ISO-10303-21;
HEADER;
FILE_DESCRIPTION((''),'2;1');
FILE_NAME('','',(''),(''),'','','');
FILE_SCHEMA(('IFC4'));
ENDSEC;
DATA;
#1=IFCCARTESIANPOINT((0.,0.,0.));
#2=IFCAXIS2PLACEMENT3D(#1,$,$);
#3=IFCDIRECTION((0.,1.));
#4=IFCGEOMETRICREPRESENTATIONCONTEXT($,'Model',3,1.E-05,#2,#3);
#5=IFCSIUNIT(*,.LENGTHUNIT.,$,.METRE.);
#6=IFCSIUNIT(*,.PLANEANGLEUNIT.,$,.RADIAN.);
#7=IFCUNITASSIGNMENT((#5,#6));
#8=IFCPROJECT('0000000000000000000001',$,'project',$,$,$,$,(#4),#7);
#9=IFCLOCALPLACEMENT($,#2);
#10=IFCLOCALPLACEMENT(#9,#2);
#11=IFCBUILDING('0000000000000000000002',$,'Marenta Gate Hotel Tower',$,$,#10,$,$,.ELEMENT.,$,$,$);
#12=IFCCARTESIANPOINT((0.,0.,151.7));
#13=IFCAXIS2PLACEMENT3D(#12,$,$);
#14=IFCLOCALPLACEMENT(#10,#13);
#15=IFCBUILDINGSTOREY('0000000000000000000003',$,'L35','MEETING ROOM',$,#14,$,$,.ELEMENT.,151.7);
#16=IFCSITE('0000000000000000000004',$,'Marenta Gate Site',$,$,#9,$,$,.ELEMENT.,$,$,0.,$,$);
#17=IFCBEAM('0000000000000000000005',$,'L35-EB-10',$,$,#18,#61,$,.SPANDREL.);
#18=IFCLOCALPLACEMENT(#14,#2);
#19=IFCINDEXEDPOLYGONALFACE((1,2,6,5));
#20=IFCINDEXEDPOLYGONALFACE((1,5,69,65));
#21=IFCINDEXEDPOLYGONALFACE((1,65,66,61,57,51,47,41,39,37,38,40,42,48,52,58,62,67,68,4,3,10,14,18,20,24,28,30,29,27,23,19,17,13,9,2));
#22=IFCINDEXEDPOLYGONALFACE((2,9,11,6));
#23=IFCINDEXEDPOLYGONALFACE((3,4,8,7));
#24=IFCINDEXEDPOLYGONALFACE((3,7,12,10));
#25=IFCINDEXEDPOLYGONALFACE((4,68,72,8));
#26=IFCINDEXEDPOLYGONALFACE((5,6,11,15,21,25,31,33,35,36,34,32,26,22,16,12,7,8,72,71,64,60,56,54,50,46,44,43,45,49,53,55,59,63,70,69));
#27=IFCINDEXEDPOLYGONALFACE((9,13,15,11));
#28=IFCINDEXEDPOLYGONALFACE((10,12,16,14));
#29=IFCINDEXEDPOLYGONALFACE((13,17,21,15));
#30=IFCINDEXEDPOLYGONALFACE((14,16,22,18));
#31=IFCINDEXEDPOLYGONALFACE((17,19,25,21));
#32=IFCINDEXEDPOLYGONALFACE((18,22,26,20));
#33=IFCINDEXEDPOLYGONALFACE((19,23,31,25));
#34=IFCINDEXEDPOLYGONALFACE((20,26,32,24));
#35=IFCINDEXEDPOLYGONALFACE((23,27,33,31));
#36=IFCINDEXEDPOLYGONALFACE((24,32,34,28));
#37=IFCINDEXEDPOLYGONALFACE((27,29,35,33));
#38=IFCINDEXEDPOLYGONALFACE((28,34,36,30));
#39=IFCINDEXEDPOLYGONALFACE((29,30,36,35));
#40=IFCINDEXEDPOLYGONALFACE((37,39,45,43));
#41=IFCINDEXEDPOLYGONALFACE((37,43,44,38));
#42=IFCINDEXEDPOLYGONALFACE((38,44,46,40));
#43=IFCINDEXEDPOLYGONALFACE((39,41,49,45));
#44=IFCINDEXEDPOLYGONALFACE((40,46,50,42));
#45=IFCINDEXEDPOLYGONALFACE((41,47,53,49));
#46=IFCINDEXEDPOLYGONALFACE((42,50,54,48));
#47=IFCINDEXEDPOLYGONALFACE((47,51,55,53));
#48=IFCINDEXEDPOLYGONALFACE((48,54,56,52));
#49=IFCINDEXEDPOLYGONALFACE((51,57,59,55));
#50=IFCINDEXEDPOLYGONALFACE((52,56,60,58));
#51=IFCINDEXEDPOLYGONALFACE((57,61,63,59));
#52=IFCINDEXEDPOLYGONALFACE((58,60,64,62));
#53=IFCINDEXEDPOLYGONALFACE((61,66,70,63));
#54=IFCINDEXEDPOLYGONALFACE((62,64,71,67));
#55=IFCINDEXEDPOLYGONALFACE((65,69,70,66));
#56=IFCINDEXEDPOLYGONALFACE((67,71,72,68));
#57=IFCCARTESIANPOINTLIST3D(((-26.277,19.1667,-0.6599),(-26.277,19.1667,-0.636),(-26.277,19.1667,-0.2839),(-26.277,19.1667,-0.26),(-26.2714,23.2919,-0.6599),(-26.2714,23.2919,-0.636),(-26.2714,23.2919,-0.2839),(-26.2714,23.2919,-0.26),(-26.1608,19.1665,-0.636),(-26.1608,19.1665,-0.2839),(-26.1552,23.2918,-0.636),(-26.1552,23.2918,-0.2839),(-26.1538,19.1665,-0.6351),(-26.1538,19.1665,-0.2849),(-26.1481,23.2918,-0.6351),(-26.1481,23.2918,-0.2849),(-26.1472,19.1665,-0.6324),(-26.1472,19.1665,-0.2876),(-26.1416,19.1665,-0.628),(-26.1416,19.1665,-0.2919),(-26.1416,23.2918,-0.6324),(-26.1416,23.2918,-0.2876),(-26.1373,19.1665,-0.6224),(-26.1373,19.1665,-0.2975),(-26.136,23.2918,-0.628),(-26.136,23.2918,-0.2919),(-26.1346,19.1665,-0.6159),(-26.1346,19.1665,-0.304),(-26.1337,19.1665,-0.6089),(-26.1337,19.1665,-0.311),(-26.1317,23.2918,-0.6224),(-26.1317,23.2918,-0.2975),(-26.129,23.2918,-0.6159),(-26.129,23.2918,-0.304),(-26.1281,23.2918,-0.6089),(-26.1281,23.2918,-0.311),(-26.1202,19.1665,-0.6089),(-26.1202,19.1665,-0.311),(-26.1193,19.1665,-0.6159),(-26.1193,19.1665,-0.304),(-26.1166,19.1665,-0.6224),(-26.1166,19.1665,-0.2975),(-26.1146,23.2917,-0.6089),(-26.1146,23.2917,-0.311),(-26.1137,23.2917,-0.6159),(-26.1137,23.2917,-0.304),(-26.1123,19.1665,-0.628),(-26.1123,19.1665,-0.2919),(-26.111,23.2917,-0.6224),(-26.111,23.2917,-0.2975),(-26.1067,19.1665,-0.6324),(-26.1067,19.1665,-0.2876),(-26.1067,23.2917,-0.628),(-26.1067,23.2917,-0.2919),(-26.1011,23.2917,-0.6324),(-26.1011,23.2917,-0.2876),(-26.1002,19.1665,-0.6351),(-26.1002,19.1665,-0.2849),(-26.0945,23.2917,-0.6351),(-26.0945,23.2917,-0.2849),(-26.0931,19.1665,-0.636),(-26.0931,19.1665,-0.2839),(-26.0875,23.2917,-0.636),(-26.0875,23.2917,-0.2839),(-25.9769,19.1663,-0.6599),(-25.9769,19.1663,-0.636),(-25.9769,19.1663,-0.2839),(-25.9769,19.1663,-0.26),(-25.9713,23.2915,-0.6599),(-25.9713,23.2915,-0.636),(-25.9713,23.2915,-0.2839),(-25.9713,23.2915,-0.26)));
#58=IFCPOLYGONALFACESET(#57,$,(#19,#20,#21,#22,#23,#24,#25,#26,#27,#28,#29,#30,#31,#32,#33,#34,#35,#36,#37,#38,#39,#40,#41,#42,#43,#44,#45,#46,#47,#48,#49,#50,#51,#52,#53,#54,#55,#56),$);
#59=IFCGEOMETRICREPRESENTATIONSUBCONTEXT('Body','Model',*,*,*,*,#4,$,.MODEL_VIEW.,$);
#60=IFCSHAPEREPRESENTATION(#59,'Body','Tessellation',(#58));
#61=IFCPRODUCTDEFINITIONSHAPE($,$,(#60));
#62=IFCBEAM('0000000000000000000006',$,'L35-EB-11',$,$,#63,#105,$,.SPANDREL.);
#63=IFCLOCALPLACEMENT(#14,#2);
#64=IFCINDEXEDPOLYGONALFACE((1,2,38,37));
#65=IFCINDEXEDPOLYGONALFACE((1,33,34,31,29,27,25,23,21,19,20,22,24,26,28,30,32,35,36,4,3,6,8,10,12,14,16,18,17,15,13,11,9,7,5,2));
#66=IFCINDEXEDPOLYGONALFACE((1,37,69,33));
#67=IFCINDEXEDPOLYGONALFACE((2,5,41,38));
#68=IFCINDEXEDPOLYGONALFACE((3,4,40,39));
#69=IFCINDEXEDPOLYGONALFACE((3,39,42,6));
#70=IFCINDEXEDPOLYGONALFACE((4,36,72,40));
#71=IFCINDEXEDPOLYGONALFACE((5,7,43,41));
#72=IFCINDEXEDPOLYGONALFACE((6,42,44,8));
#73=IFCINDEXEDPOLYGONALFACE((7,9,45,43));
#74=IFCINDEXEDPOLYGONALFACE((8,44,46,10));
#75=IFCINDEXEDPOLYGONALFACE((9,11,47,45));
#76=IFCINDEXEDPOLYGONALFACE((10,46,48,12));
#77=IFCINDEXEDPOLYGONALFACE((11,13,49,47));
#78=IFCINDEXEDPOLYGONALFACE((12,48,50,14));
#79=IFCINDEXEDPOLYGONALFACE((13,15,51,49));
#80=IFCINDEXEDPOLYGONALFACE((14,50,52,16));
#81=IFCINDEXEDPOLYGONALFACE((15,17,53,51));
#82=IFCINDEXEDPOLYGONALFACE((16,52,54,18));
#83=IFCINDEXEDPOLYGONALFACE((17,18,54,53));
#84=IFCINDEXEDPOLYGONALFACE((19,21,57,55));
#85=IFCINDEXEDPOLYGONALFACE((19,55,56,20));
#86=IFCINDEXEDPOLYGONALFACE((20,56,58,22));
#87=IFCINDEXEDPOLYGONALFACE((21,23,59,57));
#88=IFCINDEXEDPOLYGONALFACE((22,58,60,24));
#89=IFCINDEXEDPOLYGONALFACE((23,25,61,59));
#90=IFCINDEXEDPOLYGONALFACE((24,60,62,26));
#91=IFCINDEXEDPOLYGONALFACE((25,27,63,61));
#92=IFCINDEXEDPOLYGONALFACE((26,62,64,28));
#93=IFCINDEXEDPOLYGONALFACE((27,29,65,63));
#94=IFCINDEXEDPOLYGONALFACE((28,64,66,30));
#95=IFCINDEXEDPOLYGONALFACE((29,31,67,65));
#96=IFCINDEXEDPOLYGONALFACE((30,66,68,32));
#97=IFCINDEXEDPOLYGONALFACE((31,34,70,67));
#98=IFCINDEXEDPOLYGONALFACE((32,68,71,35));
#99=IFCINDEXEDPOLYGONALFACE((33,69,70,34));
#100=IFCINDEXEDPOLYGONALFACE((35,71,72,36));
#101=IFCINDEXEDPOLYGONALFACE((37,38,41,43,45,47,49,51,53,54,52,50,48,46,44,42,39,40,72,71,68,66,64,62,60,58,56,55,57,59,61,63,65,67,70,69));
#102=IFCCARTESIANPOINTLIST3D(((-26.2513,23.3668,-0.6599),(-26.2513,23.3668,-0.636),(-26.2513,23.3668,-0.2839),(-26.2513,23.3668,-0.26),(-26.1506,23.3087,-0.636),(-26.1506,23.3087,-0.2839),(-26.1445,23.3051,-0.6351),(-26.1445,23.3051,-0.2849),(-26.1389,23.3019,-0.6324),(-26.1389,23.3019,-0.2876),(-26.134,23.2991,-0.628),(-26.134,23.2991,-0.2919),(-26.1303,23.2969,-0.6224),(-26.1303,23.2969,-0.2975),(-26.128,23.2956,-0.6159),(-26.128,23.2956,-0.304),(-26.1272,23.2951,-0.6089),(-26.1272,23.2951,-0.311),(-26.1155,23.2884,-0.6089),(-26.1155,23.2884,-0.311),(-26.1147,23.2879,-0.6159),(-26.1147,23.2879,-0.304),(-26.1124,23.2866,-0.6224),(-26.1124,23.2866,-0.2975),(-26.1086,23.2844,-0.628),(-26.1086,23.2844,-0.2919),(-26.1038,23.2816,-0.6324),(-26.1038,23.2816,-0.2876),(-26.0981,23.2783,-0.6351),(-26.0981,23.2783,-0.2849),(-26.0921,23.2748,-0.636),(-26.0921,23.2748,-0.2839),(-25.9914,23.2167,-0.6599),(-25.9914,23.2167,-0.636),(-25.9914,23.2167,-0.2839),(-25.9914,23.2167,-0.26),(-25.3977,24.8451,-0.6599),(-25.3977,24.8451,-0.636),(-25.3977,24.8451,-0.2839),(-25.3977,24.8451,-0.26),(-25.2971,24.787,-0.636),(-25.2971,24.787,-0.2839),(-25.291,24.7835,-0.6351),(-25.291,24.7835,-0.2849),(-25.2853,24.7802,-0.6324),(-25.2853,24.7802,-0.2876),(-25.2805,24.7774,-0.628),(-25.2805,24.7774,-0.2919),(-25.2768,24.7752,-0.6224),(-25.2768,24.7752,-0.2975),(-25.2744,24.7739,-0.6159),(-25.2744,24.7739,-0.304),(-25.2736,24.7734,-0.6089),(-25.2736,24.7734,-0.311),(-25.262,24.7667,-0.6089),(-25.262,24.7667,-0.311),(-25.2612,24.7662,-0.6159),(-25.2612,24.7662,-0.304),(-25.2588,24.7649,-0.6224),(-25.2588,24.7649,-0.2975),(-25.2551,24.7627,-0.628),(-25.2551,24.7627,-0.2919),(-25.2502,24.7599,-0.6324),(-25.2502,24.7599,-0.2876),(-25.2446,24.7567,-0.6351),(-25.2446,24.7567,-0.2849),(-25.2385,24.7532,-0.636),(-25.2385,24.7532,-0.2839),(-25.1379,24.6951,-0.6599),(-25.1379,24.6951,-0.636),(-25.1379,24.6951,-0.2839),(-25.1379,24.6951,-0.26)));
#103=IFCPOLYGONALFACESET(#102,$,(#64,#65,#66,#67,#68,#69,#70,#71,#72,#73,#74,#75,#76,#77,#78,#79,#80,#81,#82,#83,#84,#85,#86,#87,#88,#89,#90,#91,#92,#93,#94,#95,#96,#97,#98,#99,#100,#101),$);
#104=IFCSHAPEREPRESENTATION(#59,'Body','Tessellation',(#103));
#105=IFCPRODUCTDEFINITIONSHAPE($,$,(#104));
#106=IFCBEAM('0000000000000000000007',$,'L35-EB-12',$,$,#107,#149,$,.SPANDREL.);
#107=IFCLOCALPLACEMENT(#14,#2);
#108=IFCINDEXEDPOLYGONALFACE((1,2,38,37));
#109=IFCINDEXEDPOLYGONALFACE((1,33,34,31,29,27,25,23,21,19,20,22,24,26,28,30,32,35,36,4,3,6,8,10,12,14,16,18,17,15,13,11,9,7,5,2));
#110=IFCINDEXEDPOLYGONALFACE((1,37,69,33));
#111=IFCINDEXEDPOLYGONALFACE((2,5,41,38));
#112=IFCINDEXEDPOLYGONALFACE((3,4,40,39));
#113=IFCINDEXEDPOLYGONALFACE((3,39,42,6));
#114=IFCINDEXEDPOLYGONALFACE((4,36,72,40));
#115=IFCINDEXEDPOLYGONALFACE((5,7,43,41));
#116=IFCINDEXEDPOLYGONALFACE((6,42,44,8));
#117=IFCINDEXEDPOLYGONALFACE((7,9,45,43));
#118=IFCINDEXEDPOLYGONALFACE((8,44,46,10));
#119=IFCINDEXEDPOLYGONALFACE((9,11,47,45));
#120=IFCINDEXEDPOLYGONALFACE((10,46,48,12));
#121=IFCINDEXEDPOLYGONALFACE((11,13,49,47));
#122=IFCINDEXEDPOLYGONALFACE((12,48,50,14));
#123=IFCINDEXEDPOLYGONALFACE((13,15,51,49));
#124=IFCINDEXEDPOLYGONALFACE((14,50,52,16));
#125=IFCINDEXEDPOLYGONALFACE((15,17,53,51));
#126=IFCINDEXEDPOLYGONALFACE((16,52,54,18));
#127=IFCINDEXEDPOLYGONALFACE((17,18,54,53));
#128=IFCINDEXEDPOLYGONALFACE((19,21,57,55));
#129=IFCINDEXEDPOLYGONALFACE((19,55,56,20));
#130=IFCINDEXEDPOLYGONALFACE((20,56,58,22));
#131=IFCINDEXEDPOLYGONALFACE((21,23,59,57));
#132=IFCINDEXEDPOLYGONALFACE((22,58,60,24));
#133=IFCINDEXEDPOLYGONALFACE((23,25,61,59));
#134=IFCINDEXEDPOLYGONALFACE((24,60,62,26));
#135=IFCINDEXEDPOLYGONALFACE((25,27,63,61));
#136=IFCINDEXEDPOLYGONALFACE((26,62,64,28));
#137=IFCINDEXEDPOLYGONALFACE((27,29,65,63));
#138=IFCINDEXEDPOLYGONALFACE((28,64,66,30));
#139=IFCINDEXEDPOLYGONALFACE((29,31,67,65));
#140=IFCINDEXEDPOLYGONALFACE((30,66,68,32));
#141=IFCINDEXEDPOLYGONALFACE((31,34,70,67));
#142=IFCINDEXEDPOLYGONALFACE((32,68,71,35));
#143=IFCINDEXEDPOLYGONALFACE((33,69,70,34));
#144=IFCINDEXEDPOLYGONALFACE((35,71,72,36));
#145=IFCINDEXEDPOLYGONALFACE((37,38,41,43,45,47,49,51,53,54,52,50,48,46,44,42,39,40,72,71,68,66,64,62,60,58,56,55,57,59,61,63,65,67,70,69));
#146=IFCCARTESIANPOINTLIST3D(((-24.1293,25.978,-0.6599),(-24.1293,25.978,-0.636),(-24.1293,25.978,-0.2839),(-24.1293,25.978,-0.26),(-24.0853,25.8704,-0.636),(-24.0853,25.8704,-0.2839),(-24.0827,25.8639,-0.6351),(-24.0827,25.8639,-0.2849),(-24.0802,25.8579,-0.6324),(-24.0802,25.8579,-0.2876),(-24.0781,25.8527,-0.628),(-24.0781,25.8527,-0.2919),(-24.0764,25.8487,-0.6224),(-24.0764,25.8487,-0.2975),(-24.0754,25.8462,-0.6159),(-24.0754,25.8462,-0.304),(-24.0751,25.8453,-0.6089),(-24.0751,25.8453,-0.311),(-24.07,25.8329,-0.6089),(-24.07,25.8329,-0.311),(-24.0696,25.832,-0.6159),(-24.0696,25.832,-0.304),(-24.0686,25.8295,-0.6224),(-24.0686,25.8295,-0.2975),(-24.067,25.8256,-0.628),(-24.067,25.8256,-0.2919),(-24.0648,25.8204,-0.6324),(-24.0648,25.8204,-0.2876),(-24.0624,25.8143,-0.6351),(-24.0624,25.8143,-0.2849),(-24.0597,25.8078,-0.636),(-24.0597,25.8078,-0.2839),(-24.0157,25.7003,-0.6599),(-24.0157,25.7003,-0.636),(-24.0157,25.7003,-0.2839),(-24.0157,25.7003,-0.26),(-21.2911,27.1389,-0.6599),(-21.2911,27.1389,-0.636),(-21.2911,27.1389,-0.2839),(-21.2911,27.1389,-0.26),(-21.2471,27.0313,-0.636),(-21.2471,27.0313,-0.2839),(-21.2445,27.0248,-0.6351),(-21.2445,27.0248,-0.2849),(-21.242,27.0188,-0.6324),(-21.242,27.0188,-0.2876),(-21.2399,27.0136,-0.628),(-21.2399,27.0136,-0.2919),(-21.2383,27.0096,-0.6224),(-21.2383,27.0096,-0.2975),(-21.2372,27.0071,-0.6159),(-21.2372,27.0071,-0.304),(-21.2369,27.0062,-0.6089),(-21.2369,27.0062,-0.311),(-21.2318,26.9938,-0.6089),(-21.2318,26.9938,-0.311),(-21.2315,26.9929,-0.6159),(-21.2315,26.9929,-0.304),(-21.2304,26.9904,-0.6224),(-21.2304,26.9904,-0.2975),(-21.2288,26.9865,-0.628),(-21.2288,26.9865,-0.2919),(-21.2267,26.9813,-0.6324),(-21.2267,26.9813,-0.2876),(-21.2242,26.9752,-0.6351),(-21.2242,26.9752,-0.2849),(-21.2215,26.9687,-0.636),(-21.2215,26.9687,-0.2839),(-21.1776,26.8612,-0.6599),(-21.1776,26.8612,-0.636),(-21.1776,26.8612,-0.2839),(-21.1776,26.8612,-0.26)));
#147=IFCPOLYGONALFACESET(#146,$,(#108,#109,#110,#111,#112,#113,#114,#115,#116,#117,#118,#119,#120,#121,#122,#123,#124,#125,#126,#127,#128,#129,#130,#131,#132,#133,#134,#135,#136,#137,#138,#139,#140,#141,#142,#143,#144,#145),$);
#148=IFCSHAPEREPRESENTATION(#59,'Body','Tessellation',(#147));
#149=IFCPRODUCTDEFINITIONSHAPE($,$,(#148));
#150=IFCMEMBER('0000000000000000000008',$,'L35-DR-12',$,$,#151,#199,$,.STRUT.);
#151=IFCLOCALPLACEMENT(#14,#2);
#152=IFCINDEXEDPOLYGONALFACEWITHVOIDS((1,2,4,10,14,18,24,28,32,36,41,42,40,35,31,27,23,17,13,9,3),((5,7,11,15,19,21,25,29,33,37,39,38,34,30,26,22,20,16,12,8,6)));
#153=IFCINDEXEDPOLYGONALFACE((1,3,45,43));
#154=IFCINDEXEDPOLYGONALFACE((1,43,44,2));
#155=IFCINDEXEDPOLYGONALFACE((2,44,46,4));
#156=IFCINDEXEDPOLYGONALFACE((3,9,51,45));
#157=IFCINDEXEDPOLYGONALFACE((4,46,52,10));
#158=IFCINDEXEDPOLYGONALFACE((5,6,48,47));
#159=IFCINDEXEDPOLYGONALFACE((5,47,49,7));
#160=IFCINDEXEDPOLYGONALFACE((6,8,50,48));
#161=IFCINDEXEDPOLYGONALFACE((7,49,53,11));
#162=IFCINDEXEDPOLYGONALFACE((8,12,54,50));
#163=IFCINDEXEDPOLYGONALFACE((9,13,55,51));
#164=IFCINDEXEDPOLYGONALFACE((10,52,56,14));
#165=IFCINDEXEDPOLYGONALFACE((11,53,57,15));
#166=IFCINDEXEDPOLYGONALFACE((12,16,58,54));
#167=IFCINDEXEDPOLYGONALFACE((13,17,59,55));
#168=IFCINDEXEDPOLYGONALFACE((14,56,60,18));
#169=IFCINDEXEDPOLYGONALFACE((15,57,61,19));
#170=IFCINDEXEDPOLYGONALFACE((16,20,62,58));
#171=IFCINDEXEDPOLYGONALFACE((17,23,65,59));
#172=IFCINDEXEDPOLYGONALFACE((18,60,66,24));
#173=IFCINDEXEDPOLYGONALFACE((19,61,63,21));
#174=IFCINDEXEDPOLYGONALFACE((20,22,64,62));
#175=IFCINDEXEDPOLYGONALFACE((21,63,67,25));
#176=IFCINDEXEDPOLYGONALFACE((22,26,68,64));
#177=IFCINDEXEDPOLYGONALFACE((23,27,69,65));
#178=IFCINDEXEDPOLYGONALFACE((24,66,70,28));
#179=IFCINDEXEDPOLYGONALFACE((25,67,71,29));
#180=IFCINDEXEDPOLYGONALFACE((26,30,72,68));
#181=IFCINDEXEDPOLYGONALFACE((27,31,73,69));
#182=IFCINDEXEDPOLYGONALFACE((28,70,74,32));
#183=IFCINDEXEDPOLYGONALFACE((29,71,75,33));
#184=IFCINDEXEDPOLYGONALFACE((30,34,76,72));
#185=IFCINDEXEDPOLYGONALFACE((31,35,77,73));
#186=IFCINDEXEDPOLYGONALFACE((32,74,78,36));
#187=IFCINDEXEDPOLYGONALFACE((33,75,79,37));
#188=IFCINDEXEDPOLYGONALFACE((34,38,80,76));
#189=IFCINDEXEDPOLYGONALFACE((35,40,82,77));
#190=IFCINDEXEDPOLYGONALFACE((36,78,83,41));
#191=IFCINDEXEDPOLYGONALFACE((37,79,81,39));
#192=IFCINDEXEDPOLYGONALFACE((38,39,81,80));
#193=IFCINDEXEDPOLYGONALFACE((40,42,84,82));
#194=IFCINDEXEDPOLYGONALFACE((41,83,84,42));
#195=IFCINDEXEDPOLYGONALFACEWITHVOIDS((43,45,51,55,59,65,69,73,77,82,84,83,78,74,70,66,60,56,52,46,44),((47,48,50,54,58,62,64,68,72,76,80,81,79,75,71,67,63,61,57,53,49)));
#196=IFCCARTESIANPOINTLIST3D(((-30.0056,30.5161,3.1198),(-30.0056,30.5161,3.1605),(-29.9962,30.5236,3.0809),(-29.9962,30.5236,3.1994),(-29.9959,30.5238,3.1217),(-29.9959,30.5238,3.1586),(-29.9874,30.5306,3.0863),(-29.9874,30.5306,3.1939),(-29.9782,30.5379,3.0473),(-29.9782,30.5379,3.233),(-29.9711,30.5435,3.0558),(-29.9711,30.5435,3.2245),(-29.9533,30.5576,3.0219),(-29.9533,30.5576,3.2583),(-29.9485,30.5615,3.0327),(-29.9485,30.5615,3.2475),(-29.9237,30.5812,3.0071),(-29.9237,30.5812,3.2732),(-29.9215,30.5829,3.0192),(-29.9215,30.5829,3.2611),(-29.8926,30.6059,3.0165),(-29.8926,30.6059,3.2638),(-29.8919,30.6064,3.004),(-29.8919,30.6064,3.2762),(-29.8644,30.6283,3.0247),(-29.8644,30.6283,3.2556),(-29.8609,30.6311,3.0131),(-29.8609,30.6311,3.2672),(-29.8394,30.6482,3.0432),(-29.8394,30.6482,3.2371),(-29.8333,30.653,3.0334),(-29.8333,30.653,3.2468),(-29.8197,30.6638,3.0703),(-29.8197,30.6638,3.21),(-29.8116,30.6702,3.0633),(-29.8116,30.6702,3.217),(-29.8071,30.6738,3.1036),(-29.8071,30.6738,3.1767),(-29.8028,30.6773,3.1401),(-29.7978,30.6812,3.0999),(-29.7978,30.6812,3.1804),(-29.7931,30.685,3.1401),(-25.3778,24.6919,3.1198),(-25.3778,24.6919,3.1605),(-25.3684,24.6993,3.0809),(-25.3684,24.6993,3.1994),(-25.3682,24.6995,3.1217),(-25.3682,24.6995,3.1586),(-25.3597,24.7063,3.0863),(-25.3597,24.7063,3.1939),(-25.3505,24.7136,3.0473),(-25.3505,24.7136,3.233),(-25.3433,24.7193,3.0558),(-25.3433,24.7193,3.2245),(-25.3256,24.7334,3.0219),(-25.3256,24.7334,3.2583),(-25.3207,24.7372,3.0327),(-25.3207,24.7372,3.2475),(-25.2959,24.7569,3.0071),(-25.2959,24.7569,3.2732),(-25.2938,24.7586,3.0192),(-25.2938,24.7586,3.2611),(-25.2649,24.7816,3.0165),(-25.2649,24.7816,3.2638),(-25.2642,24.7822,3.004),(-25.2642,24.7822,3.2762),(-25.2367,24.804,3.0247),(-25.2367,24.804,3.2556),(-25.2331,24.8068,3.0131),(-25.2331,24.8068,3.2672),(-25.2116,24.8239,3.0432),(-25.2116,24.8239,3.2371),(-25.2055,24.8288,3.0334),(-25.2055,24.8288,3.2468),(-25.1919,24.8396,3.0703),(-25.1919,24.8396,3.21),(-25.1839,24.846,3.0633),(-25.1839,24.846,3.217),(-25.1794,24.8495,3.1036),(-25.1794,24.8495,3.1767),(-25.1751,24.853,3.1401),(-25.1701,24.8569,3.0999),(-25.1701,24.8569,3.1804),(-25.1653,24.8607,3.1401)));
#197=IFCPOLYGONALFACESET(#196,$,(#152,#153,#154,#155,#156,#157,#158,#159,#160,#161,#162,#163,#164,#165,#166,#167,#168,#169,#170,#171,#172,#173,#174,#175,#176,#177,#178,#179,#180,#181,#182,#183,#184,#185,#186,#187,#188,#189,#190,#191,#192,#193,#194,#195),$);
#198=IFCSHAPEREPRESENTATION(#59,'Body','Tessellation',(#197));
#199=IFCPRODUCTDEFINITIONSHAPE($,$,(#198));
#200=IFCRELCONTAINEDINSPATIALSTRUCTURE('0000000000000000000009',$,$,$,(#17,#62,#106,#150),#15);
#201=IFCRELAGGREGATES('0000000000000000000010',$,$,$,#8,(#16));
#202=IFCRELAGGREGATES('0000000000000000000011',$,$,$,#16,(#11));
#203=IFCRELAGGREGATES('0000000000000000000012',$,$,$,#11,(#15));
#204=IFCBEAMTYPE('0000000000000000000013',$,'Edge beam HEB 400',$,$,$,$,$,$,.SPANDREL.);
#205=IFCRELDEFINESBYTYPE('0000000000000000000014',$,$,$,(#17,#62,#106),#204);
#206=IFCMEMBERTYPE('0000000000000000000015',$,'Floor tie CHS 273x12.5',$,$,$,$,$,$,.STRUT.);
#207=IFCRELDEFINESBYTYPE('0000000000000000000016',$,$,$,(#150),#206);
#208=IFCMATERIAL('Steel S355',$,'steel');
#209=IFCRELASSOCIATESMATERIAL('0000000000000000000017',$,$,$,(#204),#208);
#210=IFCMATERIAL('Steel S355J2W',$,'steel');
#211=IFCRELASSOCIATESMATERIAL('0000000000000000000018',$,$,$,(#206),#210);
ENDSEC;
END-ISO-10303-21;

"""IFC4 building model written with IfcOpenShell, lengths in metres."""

from ifc_helpers import new_model, si_unit, direction, frame, origin, origin_2d, place, context, subcontext, project, spatial, hollow_circle, i_section, extrude, material, material_profile, profile_set, type_object, element, save


model = new_model("IFC4")

# Units and contexts
model_context = context("Model", 3, precision=1e-05, world=origin(), true_north=direction((0.0, 1.0)))
body_context = subcontext(model_context, "Body", "Model", "MODEL_VIEW")
ifc_project = project(units=[si_unit("LENGTHUNIT", "METRE"), si_unit("PLANEANGLEUNIT", "RADIAN")], contexts=[model_context])

# Site, building, storey
site_placement = place(None, origin())
site = spatial("IfcSite", under=ifc_project, at=site_placement, Name="Marenta Gate Site", CompositionType="ELEMENT", RefElevation=0.0)
building_placement = place(site_placement, origin())
building = spatial("IfcBuilding", under=site, at=building_placement, Name="Marenta Gate Hotel Tower", CompositionType="ELEMENT")
storey_placement = place(building_placement, frame((0.0, 0.0, 151.7)))
storey = spatial("IfcBuildingStorey", under=building, at=storey_placement, Name="L35", Description="MEETING ROOM", CompositionType="ELEMENT", Elevation=151.7)

# Beams
ifc_material_1 = material(Name="Steel S355", Category="steel")
ifc_material_profile_1 = material_profile(ifc_material_1, i_section(OverallWidth=0.3, OverallDepth=0.3999, WebThickness=0.0134, FlangeThickness=0.0239, FilletRadius=0.0271, at=origin_2d()), Name="HEB 400")
ifc_profile_set_1 = profile_set([ifc_material_profile_1], Name="Steel S355")
beam_type_1 = type_object("IfcBeamType", Name="Edge beam HEB 400", PredefinedType="SPANDREL", material=ifc_profile_set_1)
beam_1_placement = place(storey_placement, frame((-26.127, 19.1665, -0.46), z_axis=(0.001361, 0.999999, 0.0), x_axis=(-0.999999, 0.001361, 0.0)))
element("IfcBeam", 1, at=beam_1_placement, inside=storey, type_object=beam_type_1, Name="L35-EB-10", PredefinedType="SPANDREL", context=body_context, shape_type="SweptSolid", body=[
    extrude(i_section(OverallWidth=0.3, OverallDepth=0.3999, WebThickness=0.0134, FlangeThickness=0.0239, FilletRadius=0.0271, at=origin_2d()), origin(), (0.0, 0.0, 1.0), 4.1252),
])
beam_2_placement = place(storey_placement, frame((-26.1213, 23.2917, -0.46), z_axis=(0.500015, 0.866016, 0.0), x_axis=(-0.866016, 0.500015, 0.0)))
element("IfcBeam", 2, at=beam_2_placement, inside=storey, type_object=beam_type_1, Name="L35-EB-11", PredefinedType="SPANDREL", context=body_context, shape_type="SweptSolid", body=[
    extrude(i_section(OverallWidth=0.3, OverallDepth=0.3999, WebThickness=0.0134, FlangeThickness=0.0239, FilletRadius=0.0271, at=origin_2d()), origin(), (0.0, 0.0, 1.0), 1.707),
])
beam_3_placement = place(storey_placement, frame((-24.0725, 25.8391, -0.46), z_axis=(0.925566, 0.378586, 0.0), x_axis=(-0.378586, 0.925566, 0.0)))
element("IfcBeam", 3, at=beam_3_placement, inside=storey, type_object=beam_type_1, Name="L35-EB-12", PredefinedType="SPANDREL", context=body_context, shape_type="SweptSolid", body=[
    extrude(i_section(OverallWidth=0.3, OverallDepth=0.3999, WebThickness=0.0134, FlangeThickness=0.0239, FilletRadius=0.0271, at=origin_2d()), origin(), (0.0, 0.0, 1.0), 3.0664),
])

# Member
ifc_material_2 = material(Name="Steel S355J2W", Category="steel")
ifc_material_profile_2 = material_profile(ifc_material_2, hollow_circle(Radius=0.1365, WallThickness=0.0125, at=origin_2d()), Name="CHS 273x12.5")
ifc_profile_set_2 = profile_set([ifc_material_profile_2], Name="Steel S355J2W")
member_type_1 = type_object("IfcMemberType", Name="Floor tie CHS 273x12.5", PredefinedType="STRUT", material=ifc_profile_set_2)
member_1_placement = place(storey_placement, frame((-29.8999, 30.6001, 3.1401), z_axis=(0.622094, -0.782943, 0.0), x_axis=(0.782943, 0.622094, 0.0)))
element("IfcMember", 4, at=member_1_placement, inside=storey, type_object=member_type_1, Name="L35-DR-12", PredefinedType="STRUT", context=body_context, shape_type="SweptSolid", body=[
    extrude(hollow_circle(Radius=0.1365, WallThickness=0.0125, at=origin_2d()), origin(), (0.0, 0.0, 1.0), 7.439),
])

save(model, "model.ifc")
